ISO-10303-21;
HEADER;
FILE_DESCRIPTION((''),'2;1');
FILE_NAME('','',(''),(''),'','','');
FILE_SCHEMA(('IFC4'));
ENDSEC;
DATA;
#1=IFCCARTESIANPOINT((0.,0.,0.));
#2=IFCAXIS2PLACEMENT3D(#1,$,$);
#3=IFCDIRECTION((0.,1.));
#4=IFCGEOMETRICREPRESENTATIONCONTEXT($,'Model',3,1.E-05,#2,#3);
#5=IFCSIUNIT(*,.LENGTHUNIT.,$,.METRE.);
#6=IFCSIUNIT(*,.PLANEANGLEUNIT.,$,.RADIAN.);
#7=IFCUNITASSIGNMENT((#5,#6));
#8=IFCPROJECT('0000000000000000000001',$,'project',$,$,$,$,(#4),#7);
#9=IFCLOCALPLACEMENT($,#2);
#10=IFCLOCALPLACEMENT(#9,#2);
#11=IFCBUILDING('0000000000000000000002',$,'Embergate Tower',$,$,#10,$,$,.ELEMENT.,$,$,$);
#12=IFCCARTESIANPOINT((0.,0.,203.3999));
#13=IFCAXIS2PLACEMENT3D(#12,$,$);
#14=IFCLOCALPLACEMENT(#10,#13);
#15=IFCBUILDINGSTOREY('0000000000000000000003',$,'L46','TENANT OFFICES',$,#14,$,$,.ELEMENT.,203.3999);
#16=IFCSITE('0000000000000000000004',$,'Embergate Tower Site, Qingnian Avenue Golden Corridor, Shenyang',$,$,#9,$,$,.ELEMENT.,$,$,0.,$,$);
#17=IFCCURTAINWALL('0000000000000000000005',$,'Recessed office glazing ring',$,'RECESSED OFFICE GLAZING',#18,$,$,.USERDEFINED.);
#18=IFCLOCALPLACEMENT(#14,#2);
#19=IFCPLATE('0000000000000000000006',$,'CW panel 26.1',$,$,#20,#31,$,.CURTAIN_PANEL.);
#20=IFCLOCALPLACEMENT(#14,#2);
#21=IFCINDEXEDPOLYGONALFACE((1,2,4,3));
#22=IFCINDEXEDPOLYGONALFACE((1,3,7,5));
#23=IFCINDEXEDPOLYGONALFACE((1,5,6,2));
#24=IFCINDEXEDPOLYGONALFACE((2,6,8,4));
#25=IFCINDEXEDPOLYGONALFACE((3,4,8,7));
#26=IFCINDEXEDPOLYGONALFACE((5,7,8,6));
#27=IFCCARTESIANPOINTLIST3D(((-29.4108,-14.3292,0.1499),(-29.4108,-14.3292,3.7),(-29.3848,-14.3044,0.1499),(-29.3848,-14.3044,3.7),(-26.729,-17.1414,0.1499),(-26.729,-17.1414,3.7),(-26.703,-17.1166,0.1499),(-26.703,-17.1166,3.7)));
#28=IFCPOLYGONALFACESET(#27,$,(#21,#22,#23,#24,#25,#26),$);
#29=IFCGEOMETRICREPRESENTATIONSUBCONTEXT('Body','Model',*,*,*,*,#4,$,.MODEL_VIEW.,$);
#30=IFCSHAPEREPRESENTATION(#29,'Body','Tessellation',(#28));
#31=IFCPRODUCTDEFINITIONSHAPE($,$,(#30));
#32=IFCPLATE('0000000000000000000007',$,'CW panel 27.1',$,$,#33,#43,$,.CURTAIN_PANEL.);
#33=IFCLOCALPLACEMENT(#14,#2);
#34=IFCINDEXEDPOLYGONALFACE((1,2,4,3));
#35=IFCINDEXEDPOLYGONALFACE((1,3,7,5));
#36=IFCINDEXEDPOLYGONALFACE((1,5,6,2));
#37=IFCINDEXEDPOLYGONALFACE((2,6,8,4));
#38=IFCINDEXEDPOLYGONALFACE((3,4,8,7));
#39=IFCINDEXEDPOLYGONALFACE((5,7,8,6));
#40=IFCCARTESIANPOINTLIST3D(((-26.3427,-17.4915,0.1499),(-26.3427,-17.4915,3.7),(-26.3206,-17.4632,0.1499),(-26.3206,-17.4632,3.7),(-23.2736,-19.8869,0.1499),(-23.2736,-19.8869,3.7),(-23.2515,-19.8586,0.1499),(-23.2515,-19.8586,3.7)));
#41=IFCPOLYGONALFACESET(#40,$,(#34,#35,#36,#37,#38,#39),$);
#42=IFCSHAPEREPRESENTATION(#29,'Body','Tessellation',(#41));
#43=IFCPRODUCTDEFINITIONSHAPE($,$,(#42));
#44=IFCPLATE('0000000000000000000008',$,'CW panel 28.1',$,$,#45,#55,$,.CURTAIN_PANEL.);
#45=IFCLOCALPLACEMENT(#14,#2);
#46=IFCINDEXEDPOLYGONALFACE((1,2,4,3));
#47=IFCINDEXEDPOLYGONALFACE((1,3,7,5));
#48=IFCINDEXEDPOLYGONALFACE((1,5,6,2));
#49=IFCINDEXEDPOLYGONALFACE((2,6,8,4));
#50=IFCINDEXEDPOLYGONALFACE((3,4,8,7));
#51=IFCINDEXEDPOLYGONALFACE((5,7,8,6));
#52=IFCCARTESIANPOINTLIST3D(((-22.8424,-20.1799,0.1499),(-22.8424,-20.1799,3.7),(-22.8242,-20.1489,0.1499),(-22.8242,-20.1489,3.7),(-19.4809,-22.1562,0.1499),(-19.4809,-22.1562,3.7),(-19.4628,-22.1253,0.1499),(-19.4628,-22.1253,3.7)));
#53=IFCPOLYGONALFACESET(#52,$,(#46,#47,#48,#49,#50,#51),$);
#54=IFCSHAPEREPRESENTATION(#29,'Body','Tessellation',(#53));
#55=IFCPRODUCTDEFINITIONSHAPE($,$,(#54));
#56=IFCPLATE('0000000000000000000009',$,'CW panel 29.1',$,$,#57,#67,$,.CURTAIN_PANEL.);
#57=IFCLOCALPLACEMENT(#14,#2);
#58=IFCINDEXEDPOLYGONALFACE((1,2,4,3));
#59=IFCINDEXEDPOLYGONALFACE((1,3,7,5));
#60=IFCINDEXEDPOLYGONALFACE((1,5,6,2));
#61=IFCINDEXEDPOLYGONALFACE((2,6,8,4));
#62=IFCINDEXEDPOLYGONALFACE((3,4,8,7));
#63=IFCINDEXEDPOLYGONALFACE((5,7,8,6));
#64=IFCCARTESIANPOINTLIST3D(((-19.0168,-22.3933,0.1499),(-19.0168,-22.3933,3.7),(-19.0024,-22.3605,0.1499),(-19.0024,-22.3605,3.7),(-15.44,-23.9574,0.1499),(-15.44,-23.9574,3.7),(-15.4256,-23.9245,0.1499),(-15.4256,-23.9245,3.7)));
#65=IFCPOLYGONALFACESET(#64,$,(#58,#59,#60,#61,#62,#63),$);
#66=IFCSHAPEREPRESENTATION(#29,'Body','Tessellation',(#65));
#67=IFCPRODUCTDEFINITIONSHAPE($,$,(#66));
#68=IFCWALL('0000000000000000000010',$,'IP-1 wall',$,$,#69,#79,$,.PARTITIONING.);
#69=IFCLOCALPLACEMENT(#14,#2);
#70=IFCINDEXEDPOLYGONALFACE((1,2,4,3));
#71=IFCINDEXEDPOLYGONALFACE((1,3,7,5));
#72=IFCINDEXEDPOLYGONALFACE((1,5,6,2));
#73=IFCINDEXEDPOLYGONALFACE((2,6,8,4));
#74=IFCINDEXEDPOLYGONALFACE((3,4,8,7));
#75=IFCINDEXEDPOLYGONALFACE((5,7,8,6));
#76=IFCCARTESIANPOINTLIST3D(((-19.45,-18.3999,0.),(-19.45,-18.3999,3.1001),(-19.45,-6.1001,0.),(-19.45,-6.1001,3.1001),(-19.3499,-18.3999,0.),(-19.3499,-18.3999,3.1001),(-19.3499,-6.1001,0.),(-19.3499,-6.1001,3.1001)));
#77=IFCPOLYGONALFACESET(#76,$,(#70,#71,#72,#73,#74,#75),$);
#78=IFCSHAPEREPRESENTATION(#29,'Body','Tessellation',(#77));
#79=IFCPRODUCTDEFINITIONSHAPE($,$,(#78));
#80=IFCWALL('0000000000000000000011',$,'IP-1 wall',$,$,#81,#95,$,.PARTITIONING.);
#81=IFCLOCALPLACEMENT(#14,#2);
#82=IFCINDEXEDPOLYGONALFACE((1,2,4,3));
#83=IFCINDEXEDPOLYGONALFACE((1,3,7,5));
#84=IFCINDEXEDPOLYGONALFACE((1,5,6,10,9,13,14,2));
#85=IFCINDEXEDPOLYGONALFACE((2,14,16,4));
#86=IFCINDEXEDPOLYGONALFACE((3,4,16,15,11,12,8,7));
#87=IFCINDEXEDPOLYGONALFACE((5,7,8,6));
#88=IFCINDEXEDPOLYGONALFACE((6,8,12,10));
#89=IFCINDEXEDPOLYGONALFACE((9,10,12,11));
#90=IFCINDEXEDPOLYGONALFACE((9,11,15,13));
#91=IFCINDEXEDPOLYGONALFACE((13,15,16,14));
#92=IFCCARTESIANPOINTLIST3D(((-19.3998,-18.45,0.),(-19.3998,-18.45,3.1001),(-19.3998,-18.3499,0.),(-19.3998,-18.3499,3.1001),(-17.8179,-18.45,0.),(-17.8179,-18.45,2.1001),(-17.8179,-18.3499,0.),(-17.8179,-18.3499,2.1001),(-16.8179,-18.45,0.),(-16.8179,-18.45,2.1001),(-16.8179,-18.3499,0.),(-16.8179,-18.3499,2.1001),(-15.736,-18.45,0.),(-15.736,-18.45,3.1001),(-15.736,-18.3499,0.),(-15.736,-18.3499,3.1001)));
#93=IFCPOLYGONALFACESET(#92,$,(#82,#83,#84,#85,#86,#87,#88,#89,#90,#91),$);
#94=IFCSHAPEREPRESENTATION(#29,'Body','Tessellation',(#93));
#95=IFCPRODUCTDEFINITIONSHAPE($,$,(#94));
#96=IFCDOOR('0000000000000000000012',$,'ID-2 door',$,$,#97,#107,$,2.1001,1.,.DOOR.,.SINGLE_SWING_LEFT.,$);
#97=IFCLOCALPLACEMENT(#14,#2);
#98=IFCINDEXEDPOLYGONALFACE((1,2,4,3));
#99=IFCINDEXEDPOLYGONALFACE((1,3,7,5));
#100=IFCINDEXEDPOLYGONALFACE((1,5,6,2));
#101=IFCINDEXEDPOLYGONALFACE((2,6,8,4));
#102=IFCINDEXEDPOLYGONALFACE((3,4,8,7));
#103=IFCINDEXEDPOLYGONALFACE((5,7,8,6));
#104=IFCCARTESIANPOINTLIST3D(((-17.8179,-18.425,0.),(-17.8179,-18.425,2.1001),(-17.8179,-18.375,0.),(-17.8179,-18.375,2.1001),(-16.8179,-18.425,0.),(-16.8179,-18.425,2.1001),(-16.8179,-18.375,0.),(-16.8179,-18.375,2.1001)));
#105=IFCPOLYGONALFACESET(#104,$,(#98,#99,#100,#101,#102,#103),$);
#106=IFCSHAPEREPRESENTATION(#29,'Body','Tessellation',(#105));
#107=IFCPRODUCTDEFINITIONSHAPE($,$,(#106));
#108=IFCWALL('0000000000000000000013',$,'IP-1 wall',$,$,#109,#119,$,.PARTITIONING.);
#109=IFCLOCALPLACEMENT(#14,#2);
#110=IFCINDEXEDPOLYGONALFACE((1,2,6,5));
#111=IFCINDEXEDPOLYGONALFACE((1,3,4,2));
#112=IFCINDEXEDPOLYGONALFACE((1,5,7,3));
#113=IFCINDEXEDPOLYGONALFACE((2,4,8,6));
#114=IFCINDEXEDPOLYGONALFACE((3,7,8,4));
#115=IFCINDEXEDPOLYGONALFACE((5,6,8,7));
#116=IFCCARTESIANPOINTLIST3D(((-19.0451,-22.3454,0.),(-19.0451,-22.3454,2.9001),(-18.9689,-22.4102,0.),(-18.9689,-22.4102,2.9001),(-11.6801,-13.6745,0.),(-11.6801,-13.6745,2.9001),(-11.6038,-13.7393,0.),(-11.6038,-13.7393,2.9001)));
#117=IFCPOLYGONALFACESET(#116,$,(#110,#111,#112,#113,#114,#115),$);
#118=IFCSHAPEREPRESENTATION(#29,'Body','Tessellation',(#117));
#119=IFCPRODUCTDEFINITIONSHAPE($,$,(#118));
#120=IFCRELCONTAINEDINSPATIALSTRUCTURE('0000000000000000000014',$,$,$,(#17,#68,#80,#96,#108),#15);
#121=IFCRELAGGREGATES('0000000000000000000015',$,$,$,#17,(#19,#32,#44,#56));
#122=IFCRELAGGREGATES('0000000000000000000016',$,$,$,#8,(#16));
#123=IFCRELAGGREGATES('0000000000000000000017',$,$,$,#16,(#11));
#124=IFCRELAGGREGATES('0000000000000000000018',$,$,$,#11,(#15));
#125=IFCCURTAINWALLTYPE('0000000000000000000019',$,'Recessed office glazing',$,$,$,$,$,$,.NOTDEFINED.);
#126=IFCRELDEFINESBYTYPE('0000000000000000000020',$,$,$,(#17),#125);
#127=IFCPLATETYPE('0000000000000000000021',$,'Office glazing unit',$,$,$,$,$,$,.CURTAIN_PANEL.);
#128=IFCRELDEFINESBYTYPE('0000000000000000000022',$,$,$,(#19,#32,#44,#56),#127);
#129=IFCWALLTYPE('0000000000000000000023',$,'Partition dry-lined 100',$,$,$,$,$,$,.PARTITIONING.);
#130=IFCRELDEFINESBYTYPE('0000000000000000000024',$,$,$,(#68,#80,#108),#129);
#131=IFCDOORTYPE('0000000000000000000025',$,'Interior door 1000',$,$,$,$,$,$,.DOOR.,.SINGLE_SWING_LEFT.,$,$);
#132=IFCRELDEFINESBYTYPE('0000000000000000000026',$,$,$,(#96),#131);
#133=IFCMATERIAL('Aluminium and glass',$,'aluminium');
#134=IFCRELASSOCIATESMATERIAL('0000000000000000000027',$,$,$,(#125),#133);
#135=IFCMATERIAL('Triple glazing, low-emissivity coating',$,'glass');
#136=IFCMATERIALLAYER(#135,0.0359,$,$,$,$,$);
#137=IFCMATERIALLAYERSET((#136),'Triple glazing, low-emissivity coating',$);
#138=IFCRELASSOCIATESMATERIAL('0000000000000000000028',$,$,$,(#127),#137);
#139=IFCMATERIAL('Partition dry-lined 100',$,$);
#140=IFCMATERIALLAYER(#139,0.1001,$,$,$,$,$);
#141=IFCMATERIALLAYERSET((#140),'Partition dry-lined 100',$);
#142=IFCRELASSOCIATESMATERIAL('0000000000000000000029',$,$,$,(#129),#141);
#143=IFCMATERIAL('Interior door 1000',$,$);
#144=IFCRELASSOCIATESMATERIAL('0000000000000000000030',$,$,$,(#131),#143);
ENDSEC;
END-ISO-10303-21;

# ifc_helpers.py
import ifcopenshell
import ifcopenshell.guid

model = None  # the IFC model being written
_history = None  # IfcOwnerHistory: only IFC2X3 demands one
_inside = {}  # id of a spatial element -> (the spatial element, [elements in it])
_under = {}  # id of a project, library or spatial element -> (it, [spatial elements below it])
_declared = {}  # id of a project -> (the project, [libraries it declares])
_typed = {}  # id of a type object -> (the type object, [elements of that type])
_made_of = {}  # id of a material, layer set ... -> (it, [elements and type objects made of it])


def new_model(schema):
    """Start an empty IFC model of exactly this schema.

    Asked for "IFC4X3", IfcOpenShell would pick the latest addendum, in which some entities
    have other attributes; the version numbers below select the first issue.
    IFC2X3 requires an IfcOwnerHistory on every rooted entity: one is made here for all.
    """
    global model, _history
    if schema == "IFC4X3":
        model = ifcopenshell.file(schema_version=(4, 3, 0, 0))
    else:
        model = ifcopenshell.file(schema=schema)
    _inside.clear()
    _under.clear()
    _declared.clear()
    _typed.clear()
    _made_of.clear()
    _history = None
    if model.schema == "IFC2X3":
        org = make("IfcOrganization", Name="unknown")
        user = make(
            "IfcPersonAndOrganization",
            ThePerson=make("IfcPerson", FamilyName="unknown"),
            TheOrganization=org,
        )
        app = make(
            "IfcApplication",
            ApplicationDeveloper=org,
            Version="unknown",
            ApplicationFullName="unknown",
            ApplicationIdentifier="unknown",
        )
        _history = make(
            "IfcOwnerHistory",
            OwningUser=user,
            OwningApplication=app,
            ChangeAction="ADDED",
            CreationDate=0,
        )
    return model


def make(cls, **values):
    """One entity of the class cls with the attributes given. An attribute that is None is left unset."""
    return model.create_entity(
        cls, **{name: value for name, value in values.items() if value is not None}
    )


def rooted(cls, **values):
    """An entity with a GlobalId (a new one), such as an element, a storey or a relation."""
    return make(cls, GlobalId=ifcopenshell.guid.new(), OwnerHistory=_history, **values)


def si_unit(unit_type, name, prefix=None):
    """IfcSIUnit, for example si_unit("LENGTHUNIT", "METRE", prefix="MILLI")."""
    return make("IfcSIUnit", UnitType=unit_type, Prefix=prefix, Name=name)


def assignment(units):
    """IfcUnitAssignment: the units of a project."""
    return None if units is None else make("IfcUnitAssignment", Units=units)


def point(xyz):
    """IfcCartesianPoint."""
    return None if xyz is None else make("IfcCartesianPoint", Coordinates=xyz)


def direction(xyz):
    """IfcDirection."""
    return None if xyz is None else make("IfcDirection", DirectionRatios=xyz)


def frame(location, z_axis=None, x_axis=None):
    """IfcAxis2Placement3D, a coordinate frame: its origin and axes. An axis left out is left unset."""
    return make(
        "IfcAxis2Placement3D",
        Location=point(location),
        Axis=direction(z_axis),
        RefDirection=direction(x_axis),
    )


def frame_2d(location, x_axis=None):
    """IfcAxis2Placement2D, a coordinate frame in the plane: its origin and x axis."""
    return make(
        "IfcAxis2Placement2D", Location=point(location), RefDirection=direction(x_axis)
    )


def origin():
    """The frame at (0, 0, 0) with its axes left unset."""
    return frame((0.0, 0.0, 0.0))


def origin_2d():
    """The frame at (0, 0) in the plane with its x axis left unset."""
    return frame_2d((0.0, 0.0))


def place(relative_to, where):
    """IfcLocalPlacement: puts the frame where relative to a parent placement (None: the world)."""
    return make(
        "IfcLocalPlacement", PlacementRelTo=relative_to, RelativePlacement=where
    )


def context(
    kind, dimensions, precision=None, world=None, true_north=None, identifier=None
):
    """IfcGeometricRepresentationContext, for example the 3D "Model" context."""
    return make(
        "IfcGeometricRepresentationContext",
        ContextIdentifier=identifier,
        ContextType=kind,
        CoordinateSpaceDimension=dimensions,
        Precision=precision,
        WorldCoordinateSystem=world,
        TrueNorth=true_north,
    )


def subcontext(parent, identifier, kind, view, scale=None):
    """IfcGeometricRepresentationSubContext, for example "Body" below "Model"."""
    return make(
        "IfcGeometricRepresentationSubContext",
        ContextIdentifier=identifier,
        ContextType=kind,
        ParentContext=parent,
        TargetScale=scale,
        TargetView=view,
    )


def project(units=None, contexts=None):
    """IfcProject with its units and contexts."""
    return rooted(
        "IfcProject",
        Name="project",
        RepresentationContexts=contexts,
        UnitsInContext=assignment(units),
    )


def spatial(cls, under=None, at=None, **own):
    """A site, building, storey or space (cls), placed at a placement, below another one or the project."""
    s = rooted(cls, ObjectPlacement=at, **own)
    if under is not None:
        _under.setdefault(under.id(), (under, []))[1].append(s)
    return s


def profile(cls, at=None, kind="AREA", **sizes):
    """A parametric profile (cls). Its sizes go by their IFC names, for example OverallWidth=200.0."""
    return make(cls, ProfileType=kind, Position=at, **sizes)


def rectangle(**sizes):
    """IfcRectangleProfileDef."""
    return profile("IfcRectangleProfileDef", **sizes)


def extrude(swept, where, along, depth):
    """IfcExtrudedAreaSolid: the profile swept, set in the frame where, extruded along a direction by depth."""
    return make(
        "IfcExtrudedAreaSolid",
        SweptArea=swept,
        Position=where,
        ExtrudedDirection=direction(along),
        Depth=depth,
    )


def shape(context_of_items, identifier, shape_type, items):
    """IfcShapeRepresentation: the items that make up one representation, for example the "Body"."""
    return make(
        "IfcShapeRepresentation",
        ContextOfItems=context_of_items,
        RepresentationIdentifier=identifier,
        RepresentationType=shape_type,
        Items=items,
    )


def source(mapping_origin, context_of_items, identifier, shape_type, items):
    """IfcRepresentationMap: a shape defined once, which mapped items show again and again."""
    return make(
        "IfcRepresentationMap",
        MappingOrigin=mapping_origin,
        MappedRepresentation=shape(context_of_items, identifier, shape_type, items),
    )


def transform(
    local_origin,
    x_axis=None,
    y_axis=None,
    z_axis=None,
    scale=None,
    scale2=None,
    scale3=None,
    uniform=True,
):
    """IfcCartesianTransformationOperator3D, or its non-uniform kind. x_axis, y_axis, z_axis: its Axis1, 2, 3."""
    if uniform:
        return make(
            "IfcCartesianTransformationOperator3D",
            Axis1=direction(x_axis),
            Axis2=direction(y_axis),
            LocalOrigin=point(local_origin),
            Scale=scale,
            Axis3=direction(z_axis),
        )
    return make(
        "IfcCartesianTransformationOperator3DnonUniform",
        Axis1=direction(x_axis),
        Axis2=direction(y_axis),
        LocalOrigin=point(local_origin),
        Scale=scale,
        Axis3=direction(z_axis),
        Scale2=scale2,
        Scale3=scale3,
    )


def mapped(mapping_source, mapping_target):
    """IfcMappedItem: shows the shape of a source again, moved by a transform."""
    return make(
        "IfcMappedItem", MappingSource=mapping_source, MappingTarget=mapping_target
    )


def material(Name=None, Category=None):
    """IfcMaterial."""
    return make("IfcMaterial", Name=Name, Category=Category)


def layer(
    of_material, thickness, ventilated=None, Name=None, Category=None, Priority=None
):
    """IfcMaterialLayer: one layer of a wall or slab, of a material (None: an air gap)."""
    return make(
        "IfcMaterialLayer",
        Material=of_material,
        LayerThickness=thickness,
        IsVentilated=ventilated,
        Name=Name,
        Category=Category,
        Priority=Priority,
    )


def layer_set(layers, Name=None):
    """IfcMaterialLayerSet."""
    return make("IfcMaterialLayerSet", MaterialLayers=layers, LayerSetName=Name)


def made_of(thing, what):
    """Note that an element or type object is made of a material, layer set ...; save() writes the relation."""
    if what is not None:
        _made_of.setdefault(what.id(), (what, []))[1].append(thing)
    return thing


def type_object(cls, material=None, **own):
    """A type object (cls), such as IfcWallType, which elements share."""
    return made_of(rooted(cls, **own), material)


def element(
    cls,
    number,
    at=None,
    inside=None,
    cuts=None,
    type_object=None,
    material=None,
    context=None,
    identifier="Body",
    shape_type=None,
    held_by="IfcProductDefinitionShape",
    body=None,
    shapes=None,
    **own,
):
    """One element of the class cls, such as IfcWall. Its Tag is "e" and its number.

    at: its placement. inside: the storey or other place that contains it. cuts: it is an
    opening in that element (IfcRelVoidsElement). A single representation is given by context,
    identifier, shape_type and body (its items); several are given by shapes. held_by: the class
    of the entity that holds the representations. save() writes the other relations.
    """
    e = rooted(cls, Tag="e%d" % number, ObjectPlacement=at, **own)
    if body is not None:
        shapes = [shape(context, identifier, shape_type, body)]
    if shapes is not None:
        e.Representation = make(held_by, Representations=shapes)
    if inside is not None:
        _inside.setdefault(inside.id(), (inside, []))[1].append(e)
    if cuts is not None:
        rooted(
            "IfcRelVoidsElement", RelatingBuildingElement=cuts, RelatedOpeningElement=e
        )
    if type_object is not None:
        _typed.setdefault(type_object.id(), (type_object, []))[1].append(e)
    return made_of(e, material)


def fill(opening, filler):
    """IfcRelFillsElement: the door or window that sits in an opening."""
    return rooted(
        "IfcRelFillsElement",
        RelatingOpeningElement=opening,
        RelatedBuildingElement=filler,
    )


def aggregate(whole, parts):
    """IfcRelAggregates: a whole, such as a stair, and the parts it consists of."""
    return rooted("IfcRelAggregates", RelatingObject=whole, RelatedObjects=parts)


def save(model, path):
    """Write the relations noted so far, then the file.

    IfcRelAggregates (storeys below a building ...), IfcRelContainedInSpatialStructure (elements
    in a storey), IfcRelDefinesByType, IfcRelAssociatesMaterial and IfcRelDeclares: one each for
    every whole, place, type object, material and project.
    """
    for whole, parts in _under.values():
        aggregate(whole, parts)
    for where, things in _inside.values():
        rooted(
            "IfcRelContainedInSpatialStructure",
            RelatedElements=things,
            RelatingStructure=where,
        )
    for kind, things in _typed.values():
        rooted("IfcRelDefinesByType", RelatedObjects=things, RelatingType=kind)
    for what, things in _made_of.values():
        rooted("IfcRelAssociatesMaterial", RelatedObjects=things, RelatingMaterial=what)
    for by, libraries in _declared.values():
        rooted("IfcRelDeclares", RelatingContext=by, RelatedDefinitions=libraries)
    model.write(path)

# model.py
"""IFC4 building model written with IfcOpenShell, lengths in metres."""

from ifc_helpers import new_model, si_unit, direction, frame, frame_2d, origin, origin_2d, place, context, subcontext, project, spatial, rectangle, extrude, source, transform, mapped, material, layer, layer_set, type_object, element, fill, aggregate, save


model = new_model("IFC4")

# Units and contexts
model_context = context("Model", 3, precision=1e-05, world=origin(), true_north=direction((0.0, 1.0)))
body_context = subcontext(model_context, "Body", "Model", "MODEL_VIEW")
ifc_project = project(units=[si_unit("LENGTHUNIT", "METRE"), si_unit("PLANEANGLEUNIT", "RADIAN")], contexts=[model_context])

# Site, building, storey
site_placement = place(None, origin())
site = spatial("IfcSite", under=ifc_project, at=site_placement, Name="Embergate Tower Site, Qingnian Avenue Golden Corridor, Shenyang", CompositionType="ELEMENT", RefElevation=0.0)
building_placement = place(site_placement, origin())
building = spatial("IfcBuilding", under=site, at=building_placement, Name="Embergate Tower", CompositionType="ELEMENT")
storey_placement = place(building_placement, frame((0.0, 0.0, 203.3999)))
storey = spatial("IfcBuildingStorey", under=building, at=storey_placement, Name="L46", Description="TENANT OFFICES", CompositionType="ELEMENT", Elevation=203.3999)

# Curtain wall, plates
ifc_material_1 = material(Name="Aluminium and glass", Category="aluminium")
curtain_wall_type = type_object("IfcCurtainWallType", Name="Recessed office glazing", PredefinedType="NOTDEFINED", material=ifc_material_1)
curtain_wall_placement = place(storey_placement, origin())
curtain_wall = element("IfcCurtainWall", 1, at=curtain_wall_placement, inside=storey, type_object=curtain_wall_type, Name="Recessed office glazing ring", ObjectType="RECESSED OFFICE GLAZING", PredefinedType="USERDEFINED")
ifc_material_2 = material(Name="Triple glazing, low-emissivity coating", Category="glass")
ifc_layer_1 = layer(ifc_material_2, 0.0359)
ifc_layer_set_1 = layer_set([ifc_layer_1], Name="Triple glazing, low-emissivity coating")
plate_type = type_object("IfcPlateType", Name="Office glazing unit", PredefinedType="CURTAIN_PANEL", material=ifc_layer_set_1)
shared_shape_1 = source(origin(), body_context, "Body", "SweptSolid", [
    extrude(rectangle(XDim=3.886, YDim=0.0359, at=origin_2d()), origin(), (0.0, 0.0, 1.0), 3.55),
])
plate_1_placement = place(storey_placement, frame((-28.0569, -15.7229, 0.1499), z_axis=(0.0, 0.0, 1.0), x_axis=(0.690124, -0.723691, 0.0)))
plate_1 = element("IfcPlate", 2, at=plate_1_placement, type_object=plate_type, Name="CW panel 26.1", PredefinedType="CURTAIN_PANEL", context=body_context, shape_type="MappedRepresentation", body=[
    mapped(shared_shape_1, transform((0.0, 0.0, 0.0))),
])
shared_shape_2 = source(origin(), body_context, "Body", "SweptSolid", [
    extrude(rectangle(XDim=3.8933, YDim=0.0359, at=origin_2d()), origin(), (0.0, 0.0, 1.0), 3.55),
])
plate_2_placement = place(storey_placement, frame((-24.7971, -18.675, 0.1499), z_axis=(0.0, 0.0, 1.0), x_axis=(0.788312, -0.615276, 0.0)))
plate_2 = element("IfcPlate", 3, at=plate_2_placement, type_object=plate_type, Name="CW panel 27.1", PredefinedType="CURTAIN_PANEL", context=body_context, shape_type="MappedRepresentation", body=[
    mapped(shared_shape_2, transform((0.0, 0.0, 0.0))),
])
shared_shape_3 = source(origin(), body_context, "Body", "SweptSolid", [
    extrude(rectangle(XDim=3.8994, YDim=0.0359, at=origin_2d()), origin(), (0.0, 0.0, 1.0), 3.55),
])
plate_3_placement = place(storey_placement, frame((-21.1526, -21.1526, 0.1499), z_axis=(0.0, 0.0, 1.0), x_axis=(0.862046, -0.50683, 0.0)))
plate_3 = element("IfcPlate", 4, at=plate_3_placement, type_object=plate_type, Name="CW panel 28.1", PredefinedType="CURTAIN_PANEL", context=body_context, shape_type="MappedRepresentation", body=[
    mapped(shared_shape_3, transform((0.0, 0.0, 0.0))),
])
shared_shape_4 = source(origin(), body_context, "Body", "SweptSolid", [
    extrude(rectangle(XDim=3.9038, YDim=0.0359, at=origin_2d()), origin(), (0.0, 0.0, 1.0), 3.55),
])
plate_4_placement = place(storey_placement, frame((-17.2212, -23.1589, 0.1499), z_axis=(0.0, 0.0, 1.0), x_axis=(0.916231, -0.40065, 0.0)))
plate_4 = element("IfcPlate", 5, at=plate_4_placement, type_object=plate_type, Name="CW panel 29.1", PredefinedType="CURTAIN_PANEL", context=body_context, shape_type="MappedRepresentation", body=[
    mapped(shared_shape_4, transform((0.0, 0.0, 0.0))),
])
aggregate(curtain_wall, [plate_1, plate_2, plate_3, plate_4])

# Wall
ifc_material_3 = material(Name="Partition dry-lined 100")
ifc_layer_2 = layer(ifc_material_3, 0.1001)
ifc_layer_set_2 = layer_set([ifc_layer_2], Name="Partition dry-lined 100")
wall_type = type_object("IfcWallType", Name="Partition dry-lined 100", PredefinedType="PARTITIONING", material=ifc_layer_set_2)
shared_shape_5 = source(origin(), body_context, "Body", "SweptSolid", [
    extrude(rectangle(XDim=12.2998, YDim=0.1001, at=frame_2d((6.1499, 0.0))), origin(), (0.0, 0.0, 1.0), 3.1001),
])
wall_1_placement = place(storey_placement, frame((-19.3999, -18.3999, 0.0), z_axis=(0.0, 0.0, 1.0), x_axis=(0.0, 1.0, 0.0)))
element("IfcWall", 6, at=wall_1_placement, inside=storey, type_object=wall_type, Name="IP-1 wall", PredefinedType="PARTITIONING", context=body_context, shape_type="MappedRepresentation", body=[
    mapped(shared_shape_5, transform((0.0, 0.0, 0.0))),
])

# Wall, opening, door
shared_shape_6 = source(origin(), body_context, "Body", "SweptSolid", [
    extrude(rectangle(XDim=3.6638, YDim=0.1001, at=frame_2d((1.832, 0.0))), origin(), (0.0, 0.0, 1.0), 3.1001),
])
wall_2_placement = place(storey_placement, frame((-19.3999, -18.3999, 0.0), z_axis=(0.0, 0.0, 1.0), x_axis=(1.0, 0.0, 0.0)))
wall_2 = element("IfcWall", 7, at=wall_2_placement, inside=storey, type_object=wall_type, Name="IP-1 wall", PredefinedType="PARTITIONING", context=body_context, shape_type="MappedRepresentation", body=[
    mapped(shared_shape_6, transform((0.0, 0.0, 0.0))),
])
shared_shape_7 = source(origin(), body_context, "Body", "SweptSolid", [
    extrude(rectangle(XDim=1.0, YDim=2.1001, at=frame_2d((0.5, 1.05))), frame((0.0, 0.0601, 0.0), z_axis=(0.0, -1.0, 0.0), x_axis=(1.0, 0.0, 0.0)), (0.0, 0.0, 1.0), 0.1201),
])
opening_placement = place(wall_2_placement, frame((1.582, 0.0, 0.0)))
opening = element("IfcOpeningElement", 8, at=opening_placement, cuts=wall_2, PredefinedType="OPENING", context=body_context, shape_type="MappedRepresentation", body=[
    mapped(shared_shape_7, transform((0.0, 0.0, 0.0))),
])
ifc_material_4 = material(Name="Interior door 1000")
door_type = type_object("IfcDoorType", Name="Interior door 1000", OperationType="SINGLE_SWING_LEFT", PredefinedType="DOOR", material=ifc_material_4)
shared_shape_8 = source(origin(), body_context, "Body", "SweptSolid", [
    extrude(rectangle(XDim=1.0, YDim=2.1001, at=frame_2d((0.5, 1.05))), frame((0.0, 0.0249, 0.0), z_axis=(0.0, -1.0, 0.0), x_axis=(1.0, 0.0, 0.0)), (0.0, 0.0, 1.0), 0.05),
])
door_placement = place(opening_placement, origin())
door = element("IfcDoor", 9, at=door_placement, inside=storey, type_object=door_type, Name="ID-2 door", OperationType="SINGLE_SWING_LEFT", OverallHeight=2.1001, OverallWidth=1.0, PredefinedType="DOOR", context=body_context, shape_type="MappedRepresentation", body=[
    mapped(shared_shape_8, transform((0.0, 0.0, 0.0))),
])
fill(opening, door)

# Wall
shared_shape_9 = source(origin(), body_context, "Body", "SweptSolid", [
    extrude(rectangle(XDim=11.3767, YDim=0.1001, at=frame_2d((5.6885, 0.0))), origin(), (0.0, 0.0, 1.0), 2.9001),
])
wall_3_placement = place(storey_placement, frame((-19.0071, -22.3779, 0.0), z_axis=(0.0, 0.0, 1.0), x_axis=(0.647379, 0.762168, 0.0)))
element("IfcWall", 10, at=wall_3_placement, inside=storey, type_object=wall_type, Name="IP-1 wall", PredefinedType="PARTITIONING", context=body_context, shape_type="MappedRepresentation", body=[
    mapped(shared_shape_9, transform((0.0, 0.0, 0.0))),
])

save(model, "model.ifc")
